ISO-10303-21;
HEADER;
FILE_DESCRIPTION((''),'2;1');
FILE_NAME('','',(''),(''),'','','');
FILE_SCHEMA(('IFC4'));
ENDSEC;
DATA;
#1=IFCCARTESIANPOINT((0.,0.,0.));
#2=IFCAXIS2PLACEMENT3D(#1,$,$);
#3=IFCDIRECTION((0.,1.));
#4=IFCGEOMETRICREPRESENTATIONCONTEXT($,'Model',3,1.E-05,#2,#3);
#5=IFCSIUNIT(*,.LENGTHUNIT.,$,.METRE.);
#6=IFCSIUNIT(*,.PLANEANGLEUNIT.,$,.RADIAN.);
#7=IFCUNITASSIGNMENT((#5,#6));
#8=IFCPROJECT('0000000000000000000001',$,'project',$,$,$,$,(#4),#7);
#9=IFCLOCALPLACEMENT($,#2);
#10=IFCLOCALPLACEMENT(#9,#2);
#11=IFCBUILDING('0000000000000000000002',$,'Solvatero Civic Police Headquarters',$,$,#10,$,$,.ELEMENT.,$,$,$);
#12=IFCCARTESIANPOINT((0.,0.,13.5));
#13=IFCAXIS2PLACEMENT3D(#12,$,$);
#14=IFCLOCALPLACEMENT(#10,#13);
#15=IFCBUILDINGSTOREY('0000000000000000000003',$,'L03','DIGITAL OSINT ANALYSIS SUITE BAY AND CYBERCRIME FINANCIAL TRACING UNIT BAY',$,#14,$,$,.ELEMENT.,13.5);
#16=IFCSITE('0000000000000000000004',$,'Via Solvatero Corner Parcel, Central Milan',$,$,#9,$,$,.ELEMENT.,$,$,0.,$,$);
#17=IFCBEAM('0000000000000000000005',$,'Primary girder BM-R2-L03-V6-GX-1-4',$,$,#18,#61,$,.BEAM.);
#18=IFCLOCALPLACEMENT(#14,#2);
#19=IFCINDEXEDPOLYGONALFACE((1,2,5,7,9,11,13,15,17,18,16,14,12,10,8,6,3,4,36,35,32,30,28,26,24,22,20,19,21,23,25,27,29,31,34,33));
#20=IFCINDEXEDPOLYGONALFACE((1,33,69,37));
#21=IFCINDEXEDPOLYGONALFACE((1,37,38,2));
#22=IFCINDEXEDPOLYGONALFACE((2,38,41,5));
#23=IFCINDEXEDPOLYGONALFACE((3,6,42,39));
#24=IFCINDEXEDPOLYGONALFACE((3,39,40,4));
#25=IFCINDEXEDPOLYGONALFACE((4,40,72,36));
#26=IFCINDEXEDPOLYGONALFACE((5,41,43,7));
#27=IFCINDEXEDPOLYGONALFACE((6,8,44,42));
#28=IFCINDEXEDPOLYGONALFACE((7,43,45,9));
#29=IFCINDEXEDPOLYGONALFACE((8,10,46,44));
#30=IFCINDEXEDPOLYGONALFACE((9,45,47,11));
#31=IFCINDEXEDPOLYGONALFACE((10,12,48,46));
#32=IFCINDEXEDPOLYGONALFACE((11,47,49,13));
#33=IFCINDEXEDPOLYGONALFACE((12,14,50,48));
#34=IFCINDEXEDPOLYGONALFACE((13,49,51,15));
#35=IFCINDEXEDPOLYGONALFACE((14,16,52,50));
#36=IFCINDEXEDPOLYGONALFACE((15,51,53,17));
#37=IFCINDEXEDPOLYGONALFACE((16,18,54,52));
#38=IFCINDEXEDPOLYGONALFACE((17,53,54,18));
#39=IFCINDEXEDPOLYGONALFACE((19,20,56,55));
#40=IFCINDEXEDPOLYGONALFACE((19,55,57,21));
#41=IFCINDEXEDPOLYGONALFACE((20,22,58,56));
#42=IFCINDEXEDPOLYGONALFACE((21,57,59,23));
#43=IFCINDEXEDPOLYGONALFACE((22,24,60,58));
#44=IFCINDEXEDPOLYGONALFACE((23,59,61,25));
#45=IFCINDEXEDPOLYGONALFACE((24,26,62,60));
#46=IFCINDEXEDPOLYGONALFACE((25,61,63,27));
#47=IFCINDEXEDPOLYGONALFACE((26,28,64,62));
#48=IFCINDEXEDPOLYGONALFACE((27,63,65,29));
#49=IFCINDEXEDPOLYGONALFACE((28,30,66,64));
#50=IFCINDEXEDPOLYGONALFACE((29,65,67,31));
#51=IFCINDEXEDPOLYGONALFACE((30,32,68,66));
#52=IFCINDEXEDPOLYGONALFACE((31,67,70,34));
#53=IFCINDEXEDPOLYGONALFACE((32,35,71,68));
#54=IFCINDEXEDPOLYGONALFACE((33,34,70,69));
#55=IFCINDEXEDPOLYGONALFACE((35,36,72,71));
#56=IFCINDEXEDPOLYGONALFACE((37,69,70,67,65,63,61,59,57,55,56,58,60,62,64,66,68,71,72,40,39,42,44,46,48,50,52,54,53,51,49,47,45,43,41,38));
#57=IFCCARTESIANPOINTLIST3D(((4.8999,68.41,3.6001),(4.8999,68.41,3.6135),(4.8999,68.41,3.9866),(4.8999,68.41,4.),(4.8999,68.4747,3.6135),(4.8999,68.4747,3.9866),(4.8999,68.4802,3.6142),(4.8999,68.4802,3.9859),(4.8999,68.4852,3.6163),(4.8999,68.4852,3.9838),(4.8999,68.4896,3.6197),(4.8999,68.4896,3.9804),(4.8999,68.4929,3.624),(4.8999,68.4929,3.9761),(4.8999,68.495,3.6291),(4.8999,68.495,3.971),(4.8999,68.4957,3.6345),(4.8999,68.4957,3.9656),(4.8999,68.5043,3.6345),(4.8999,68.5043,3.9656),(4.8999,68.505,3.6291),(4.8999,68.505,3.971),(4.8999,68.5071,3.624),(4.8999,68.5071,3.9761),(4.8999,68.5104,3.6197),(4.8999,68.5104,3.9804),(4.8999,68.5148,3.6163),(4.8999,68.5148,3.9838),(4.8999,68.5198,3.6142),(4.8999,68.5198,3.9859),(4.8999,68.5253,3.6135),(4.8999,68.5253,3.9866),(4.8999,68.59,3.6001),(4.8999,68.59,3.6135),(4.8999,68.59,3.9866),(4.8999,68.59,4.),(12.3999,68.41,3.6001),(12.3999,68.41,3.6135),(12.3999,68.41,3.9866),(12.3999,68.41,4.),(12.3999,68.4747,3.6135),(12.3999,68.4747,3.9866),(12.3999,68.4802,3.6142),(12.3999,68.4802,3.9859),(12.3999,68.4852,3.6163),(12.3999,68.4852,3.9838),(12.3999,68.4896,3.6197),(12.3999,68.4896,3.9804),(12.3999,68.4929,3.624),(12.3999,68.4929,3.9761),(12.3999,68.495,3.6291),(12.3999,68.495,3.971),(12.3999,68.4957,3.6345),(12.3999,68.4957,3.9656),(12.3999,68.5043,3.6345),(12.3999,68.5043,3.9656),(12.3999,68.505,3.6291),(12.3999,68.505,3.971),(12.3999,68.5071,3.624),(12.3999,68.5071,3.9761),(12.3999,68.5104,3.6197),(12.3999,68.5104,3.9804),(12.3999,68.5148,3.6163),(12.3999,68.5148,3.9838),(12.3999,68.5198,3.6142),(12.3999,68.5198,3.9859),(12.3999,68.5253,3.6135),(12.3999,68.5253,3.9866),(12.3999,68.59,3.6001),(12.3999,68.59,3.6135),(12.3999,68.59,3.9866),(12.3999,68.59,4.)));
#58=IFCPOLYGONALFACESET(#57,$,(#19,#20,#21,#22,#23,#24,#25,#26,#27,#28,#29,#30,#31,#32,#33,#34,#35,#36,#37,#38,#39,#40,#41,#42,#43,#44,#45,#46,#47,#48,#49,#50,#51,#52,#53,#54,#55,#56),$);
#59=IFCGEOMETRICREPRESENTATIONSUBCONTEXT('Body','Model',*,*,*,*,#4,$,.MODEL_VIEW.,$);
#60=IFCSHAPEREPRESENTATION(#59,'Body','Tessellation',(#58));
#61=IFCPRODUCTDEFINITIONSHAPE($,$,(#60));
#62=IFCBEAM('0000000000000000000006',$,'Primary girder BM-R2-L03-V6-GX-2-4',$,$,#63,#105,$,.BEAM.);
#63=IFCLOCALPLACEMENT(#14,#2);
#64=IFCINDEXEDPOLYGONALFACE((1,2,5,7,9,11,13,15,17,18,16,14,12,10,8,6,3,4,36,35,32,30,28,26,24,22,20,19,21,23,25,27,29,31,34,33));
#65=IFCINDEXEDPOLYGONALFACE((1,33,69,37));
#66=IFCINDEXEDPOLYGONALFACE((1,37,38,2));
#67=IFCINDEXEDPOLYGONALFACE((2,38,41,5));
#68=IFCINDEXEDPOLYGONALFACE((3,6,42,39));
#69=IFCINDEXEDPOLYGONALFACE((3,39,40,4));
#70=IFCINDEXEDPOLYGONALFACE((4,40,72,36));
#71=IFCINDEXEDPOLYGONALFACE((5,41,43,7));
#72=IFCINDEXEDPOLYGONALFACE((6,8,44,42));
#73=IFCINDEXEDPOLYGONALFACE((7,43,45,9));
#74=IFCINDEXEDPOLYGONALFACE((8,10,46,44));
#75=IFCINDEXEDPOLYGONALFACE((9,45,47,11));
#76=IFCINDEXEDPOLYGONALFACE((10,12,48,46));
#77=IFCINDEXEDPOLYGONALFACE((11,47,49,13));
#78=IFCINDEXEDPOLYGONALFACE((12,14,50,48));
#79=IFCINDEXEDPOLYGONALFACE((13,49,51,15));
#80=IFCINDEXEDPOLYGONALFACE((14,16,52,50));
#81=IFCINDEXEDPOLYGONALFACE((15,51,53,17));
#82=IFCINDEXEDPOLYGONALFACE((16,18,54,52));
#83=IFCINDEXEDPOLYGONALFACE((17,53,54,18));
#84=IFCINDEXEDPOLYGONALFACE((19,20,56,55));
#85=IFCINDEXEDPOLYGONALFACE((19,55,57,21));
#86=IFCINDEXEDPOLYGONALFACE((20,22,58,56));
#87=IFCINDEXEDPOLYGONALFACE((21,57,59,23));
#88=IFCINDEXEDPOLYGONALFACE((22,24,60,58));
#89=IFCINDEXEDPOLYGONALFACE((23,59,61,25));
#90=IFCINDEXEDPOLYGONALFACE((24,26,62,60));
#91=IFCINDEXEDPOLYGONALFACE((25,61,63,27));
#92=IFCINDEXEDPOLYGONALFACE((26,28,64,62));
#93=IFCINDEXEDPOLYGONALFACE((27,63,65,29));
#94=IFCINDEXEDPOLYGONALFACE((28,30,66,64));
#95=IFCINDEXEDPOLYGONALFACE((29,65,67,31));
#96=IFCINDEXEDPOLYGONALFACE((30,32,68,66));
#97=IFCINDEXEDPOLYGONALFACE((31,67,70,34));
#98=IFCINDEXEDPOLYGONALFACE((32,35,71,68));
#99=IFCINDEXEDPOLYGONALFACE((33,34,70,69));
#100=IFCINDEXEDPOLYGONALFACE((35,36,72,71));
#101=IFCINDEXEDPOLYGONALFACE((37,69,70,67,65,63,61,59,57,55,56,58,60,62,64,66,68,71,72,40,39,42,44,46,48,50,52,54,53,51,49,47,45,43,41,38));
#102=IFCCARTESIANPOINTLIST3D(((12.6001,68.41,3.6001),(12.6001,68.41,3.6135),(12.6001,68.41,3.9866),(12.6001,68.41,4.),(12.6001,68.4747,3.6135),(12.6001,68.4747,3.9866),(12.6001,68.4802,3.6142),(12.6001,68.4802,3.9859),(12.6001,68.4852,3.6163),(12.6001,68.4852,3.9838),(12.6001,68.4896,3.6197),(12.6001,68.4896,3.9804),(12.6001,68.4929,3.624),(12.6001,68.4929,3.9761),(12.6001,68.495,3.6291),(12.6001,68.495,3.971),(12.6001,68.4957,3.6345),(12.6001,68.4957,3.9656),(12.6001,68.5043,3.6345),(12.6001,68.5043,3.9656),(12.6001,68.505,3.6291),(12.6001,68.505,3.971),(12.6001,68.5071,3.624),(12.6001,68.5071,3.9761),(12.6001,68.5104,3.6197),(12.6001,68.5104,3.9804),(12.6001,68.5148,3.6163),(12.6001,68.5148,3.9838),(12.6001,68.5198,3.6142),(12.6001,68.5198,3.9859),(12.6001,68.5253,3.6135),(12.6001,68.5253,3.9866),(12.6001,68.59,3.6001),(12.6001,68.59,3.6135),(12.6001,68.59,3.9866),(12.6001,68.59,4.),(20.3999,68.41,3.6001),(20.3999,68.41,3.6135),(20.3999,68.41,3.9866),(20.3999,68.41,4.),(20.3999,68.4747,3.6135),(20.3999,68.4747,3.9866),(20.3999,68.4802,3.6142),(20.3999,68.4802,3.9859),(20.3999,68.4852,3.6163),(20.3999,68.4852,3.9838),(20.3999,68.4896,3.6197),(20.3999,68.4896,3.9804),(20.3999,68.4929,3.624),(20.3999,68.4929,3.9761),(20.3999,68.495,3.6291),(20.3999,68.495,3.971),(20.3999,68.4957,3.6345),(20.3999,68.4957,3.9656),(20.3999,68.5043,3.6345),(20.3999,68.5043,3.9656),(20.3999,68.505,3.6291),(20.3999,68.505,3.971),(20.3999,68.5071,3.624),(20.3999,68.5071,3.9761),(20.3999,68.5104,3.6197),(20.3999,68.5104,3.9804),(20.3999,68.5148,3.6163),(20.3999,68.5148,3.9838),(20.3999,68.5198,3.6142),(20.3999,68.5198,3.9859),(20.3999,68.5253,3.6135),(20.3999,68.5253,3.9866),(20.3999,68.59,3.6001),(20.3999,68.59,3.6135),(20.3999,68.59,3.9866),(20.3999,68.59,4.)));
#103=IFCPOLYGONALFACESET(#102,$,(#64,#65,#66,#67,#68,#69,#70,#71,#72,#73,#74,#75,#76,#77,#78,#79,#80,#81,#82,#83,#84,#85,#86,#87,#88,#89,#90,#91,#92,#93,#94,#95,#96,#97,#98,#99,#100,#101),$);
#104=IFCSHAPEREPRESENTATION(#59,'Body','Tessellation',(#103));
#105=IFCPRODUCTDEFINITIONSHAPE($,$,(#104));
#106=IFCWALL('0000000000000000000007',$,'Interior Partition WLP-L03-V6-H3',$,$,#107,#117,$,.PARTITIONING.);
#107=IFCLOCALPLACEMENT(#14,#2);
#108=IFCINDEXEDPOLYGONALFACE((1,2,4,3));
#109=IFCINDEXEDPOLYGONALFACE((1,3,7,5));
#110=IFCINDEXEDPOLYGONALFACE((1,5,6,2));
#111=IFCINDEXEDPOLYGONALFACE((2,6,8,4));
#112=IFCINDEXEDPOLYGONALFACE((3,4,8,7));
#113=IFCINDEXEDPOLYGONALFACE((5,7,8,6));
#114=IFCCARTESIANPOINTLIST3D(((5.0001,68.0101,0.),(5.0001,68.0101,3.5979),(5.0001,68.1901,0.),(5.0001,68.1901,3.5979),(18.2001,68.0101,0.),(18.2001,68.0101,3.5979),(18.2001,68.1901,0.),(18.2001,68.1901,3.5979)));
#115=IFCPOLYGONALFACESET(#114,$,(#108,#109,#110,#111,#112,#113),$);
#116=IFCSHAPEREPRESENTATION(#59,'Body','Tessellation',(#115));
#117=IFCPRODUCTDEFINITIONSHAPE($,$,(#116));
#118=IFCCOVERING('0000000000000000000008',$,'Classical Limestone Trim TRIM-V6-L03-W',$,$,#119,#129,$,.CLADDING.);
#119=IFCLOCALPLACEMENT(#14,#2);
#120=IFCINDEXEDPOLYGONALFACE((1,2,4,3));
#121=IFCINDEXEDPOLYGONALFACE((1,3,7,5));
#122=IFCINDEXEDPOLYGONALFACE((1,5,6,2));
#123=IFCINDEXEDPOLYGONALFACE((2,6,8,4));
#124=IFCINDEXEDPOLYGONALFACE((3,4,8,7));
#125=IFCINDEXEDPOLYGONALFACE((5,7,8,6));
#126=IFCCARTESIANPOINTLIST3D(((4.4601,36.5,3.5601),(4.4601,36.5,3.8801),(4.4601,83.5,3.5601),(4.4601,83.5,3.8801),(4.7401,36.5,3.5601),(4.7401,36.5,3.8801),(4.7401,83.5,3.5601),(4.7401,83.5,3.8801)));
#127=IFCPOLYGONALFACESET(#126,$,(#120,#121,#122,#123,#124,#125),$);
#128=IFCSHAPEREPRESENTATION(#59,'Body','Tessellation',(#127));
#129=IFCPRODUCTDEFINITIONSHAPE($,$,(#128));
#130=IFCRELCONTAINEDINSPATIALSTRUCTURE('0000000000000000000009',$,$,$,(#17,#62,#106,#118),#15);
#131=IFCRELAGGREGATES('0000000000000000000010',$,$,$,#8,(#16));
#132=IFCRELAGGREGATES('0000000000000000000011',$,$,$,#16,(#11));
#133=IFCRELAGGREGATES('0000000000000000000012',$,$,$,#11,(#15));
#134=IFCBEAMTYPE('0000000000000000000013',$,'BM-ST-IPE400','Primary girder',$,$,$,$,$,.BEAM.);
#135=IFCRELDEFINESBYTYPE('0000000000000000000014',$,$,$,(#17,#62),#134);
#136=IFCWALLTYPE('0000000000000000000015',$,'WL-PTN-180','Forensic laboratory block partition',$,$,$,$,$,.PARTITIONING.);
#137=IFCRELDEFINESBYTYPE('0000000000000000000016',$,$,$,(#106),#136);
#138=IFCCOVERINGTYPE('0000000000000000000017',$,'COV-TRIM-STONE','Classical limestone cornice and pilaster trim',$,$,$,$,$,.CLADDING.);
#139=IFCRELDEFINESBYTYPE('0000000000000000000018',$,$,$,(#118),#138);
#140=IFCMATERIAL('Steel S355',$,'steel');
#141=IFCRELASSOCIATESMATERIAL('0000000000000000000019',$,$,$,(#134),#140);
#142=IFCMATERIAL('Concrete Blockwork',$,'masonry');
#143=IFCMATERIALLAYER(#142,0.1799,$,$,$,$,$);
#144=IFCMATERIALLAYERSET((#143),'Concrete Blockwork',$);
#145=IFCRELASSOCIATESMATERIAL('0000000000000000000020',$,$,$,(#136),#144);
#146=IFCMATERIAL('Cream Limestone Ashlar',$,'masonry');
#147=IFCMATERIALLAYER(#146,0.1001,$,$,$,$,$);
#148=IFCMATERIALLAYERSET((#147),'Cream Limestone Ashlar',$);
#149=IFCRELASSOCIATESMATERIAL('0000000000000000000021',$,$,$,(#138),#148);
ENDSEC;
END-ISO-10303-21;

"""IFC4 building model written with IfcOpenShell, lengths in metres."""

from ifc_helpers import new_model, si_unit, direction, frame, frame_2d, origin, origin_2d, place, context, subcontext, project, spatial, rectangle, i_section, extrude, material, layer, layer_set, material_profile, profile_set, type_object, element, save


model = new_model("IFC4")

# Units and contexts
model_context = context("Model", 3, precision=1e-05, world=origin(), true_north=direction((0.0, 1.0)))
body_context = subcontext(model_context, "Body", "Model", "MODEL_VIEW")
ifc_project = project(units=[si_unit("LENGTHUNIT", "METRE"), si_unit("PLANEANGLEUNIT", "RADIAN")], contexts=[model_context])

# Site, building, storey
site_placement = place(None, origin())
site = spatial("IfcSite", under=ifc_project, at=site_placement, Name="Via Solvatero Corner Parcel, Central Milan", CompositionType="ELEMENT", RefElevation=0.0)
building_placement = place(site_placement, origin())
building = spatial("IfcBuilding", under=site, at=building_placement, Name="Solvatero Civic Police Headquarters", CompositionType="ELEMENT")
storey_placement = place(building_placement, frame((0.0, 0.0, 13.5)))
storey = spatial("IfcBuildingStorey", under=building, at=storey_placement, Name="L03", Description="DIGITAL OSINT ANALYSIS SUITE BAY AND CYBERCRIME FINANCIAL TRACING UNIT BAY", CompositionType="ELEMENT", Elevation=13.5)

# Shared definitions
ifc_material_1 = material(Name="Steel S355", Category="steel")

# Beams
ifc_material_profile_1 = material_profile(ifc_material_1, i_section(OverallWidth=0.1799, OverallDepth=0.3999, WebThickness=0.0085, FlangeThickness=0.0134, FilletRadius=0.021, at=origin_2d()), Name="IPE 400")
ifc_profile_set_1 = profile_set([ifc_material_profile_1], Name="Steel S355")
beam_type_1 = type_object("IfcBeamType", Name="BM-ST-IPE400", Description="Primary girder", PredefinedType="BEAM", material=ifc_profile_set_1)
beam_1_placement = place(storey_placement, frame((4.8999, 68.5, 3.8), z_axis=(1.0, 0.0, 0.0), x_axis=(0.0, 1.0, 0.0)))
element("IfcBeam", 1, at=beam_1_placement, inside=storey, type_object=beam_type_1, Name="Primary girder BM-R2-L03-V6-GX-1-4", PredefinedType="BEAM", context=body_context, shape_type="SweptSolid", body=[
    extrude(i_section(OverallWidth=0.1799, OverallDepth=0.3999, WebThickness=0.0085, FlangeThickness=0.0134, FilletRadius=0.021, at=origin_2d()), origin(), (0.0, 0.0, 1.0), 7.5),
])
beam_2_placement = place(storey_placement, frame((12.6001, 68.5, 3.8), z_axis=(1.0, 0.0, 0.0), x_axis=(0.0, 1.0, 0.0)))
element("IfcBeam", 2, at=beam_2_placement, inside=storey, type_object=beam_type_1, Name="Primary girder BM-R2-L03-V6-GX-2-4", PredefinedType="BEAM", context=body_context, shape_type="SweptSolid", body=[
    extrude(i_section(OverallWidth=0.1799, OverallDepth=0.3999, WebThickness=0.0085, FlangeThickness=0.0134, FilletRadius=0.021, at=origin_2d()), origin(), (0.0, 0.0, 1.0), 7.7998),
])

# Wall
ifc_material_2 = material(Name="Concrete Blockwork", Category="masonry")
ifc_layer_1 = layer(ifc_material_2, 0.1799)
ifc_layer_set_1 = layer_set([ifc_layer_1], Name="Concrete Blockwork")
wall_type = type_object("IfcWallType", Name="WL-PTN-180", Description="Forensic laboratory block partition", PredefinedType="PARTITIONING", material=ifc_layer_set_1)
wall_placement = place(storey_placement, frame((5.0, 68.1001, 0.0), z_axis=(0.0, 0.0, 1.0), x_axis=(1.0, 0.0, 0.0)))
element("IfcWall", 3, at=wall_placement, inside=storey, type_object=wall_type, Name="Interior Partition WLP-L03-V6-H3", PredefinedType="PARTITIONING", context=body_context, shape_type="SweptSolid", body=[
    extrude(rectangle(XDim=13.2, YDim=0.1799, at=frame_2d((6.6001, 0.0))), origin(), (0.0, 0.0, 1.0), 3.5979),
])

# Covering
ifc_material_3 = material(Name="Cream Limestone Ashlar", Category="masonry")
ifc_layer_2 = layer(ifc_material_3, 0.1001)
ifc_layer_set_2 = layer_set([ifc_layer_2], Name="Cream Limestone Ashlar")
covering_type = type_object("IfcCoveringType", Name="COV-TRIM-STONE", Description="Classical limestone cornice and pilaster trim", PredefinedType="CLADDING", material=ifc_layer_set_2)
covering_placement = place(storey_placement, frame((4.6001, 60.0, 3.5601), z_axis=(0.0, 0.0, 1.0), x_axis=(1.0, 0.0, 0.0)))
element("IfcCovering", 4, at=covering_placement, inside=storey, type_object=covering_type, Name="Classical Limestone Trim TRIM-V6-L03-W", PredefinedType="CLADDING", context=body_context, shape_type="SweptSolid", body=[
    extrude(rectangle(XDim=0.28, YDim=47.0, at=origin_2d()), origin(), (0.0, 0.0, 1.0), 0.3201),
])

save(model, "model.ifc")
